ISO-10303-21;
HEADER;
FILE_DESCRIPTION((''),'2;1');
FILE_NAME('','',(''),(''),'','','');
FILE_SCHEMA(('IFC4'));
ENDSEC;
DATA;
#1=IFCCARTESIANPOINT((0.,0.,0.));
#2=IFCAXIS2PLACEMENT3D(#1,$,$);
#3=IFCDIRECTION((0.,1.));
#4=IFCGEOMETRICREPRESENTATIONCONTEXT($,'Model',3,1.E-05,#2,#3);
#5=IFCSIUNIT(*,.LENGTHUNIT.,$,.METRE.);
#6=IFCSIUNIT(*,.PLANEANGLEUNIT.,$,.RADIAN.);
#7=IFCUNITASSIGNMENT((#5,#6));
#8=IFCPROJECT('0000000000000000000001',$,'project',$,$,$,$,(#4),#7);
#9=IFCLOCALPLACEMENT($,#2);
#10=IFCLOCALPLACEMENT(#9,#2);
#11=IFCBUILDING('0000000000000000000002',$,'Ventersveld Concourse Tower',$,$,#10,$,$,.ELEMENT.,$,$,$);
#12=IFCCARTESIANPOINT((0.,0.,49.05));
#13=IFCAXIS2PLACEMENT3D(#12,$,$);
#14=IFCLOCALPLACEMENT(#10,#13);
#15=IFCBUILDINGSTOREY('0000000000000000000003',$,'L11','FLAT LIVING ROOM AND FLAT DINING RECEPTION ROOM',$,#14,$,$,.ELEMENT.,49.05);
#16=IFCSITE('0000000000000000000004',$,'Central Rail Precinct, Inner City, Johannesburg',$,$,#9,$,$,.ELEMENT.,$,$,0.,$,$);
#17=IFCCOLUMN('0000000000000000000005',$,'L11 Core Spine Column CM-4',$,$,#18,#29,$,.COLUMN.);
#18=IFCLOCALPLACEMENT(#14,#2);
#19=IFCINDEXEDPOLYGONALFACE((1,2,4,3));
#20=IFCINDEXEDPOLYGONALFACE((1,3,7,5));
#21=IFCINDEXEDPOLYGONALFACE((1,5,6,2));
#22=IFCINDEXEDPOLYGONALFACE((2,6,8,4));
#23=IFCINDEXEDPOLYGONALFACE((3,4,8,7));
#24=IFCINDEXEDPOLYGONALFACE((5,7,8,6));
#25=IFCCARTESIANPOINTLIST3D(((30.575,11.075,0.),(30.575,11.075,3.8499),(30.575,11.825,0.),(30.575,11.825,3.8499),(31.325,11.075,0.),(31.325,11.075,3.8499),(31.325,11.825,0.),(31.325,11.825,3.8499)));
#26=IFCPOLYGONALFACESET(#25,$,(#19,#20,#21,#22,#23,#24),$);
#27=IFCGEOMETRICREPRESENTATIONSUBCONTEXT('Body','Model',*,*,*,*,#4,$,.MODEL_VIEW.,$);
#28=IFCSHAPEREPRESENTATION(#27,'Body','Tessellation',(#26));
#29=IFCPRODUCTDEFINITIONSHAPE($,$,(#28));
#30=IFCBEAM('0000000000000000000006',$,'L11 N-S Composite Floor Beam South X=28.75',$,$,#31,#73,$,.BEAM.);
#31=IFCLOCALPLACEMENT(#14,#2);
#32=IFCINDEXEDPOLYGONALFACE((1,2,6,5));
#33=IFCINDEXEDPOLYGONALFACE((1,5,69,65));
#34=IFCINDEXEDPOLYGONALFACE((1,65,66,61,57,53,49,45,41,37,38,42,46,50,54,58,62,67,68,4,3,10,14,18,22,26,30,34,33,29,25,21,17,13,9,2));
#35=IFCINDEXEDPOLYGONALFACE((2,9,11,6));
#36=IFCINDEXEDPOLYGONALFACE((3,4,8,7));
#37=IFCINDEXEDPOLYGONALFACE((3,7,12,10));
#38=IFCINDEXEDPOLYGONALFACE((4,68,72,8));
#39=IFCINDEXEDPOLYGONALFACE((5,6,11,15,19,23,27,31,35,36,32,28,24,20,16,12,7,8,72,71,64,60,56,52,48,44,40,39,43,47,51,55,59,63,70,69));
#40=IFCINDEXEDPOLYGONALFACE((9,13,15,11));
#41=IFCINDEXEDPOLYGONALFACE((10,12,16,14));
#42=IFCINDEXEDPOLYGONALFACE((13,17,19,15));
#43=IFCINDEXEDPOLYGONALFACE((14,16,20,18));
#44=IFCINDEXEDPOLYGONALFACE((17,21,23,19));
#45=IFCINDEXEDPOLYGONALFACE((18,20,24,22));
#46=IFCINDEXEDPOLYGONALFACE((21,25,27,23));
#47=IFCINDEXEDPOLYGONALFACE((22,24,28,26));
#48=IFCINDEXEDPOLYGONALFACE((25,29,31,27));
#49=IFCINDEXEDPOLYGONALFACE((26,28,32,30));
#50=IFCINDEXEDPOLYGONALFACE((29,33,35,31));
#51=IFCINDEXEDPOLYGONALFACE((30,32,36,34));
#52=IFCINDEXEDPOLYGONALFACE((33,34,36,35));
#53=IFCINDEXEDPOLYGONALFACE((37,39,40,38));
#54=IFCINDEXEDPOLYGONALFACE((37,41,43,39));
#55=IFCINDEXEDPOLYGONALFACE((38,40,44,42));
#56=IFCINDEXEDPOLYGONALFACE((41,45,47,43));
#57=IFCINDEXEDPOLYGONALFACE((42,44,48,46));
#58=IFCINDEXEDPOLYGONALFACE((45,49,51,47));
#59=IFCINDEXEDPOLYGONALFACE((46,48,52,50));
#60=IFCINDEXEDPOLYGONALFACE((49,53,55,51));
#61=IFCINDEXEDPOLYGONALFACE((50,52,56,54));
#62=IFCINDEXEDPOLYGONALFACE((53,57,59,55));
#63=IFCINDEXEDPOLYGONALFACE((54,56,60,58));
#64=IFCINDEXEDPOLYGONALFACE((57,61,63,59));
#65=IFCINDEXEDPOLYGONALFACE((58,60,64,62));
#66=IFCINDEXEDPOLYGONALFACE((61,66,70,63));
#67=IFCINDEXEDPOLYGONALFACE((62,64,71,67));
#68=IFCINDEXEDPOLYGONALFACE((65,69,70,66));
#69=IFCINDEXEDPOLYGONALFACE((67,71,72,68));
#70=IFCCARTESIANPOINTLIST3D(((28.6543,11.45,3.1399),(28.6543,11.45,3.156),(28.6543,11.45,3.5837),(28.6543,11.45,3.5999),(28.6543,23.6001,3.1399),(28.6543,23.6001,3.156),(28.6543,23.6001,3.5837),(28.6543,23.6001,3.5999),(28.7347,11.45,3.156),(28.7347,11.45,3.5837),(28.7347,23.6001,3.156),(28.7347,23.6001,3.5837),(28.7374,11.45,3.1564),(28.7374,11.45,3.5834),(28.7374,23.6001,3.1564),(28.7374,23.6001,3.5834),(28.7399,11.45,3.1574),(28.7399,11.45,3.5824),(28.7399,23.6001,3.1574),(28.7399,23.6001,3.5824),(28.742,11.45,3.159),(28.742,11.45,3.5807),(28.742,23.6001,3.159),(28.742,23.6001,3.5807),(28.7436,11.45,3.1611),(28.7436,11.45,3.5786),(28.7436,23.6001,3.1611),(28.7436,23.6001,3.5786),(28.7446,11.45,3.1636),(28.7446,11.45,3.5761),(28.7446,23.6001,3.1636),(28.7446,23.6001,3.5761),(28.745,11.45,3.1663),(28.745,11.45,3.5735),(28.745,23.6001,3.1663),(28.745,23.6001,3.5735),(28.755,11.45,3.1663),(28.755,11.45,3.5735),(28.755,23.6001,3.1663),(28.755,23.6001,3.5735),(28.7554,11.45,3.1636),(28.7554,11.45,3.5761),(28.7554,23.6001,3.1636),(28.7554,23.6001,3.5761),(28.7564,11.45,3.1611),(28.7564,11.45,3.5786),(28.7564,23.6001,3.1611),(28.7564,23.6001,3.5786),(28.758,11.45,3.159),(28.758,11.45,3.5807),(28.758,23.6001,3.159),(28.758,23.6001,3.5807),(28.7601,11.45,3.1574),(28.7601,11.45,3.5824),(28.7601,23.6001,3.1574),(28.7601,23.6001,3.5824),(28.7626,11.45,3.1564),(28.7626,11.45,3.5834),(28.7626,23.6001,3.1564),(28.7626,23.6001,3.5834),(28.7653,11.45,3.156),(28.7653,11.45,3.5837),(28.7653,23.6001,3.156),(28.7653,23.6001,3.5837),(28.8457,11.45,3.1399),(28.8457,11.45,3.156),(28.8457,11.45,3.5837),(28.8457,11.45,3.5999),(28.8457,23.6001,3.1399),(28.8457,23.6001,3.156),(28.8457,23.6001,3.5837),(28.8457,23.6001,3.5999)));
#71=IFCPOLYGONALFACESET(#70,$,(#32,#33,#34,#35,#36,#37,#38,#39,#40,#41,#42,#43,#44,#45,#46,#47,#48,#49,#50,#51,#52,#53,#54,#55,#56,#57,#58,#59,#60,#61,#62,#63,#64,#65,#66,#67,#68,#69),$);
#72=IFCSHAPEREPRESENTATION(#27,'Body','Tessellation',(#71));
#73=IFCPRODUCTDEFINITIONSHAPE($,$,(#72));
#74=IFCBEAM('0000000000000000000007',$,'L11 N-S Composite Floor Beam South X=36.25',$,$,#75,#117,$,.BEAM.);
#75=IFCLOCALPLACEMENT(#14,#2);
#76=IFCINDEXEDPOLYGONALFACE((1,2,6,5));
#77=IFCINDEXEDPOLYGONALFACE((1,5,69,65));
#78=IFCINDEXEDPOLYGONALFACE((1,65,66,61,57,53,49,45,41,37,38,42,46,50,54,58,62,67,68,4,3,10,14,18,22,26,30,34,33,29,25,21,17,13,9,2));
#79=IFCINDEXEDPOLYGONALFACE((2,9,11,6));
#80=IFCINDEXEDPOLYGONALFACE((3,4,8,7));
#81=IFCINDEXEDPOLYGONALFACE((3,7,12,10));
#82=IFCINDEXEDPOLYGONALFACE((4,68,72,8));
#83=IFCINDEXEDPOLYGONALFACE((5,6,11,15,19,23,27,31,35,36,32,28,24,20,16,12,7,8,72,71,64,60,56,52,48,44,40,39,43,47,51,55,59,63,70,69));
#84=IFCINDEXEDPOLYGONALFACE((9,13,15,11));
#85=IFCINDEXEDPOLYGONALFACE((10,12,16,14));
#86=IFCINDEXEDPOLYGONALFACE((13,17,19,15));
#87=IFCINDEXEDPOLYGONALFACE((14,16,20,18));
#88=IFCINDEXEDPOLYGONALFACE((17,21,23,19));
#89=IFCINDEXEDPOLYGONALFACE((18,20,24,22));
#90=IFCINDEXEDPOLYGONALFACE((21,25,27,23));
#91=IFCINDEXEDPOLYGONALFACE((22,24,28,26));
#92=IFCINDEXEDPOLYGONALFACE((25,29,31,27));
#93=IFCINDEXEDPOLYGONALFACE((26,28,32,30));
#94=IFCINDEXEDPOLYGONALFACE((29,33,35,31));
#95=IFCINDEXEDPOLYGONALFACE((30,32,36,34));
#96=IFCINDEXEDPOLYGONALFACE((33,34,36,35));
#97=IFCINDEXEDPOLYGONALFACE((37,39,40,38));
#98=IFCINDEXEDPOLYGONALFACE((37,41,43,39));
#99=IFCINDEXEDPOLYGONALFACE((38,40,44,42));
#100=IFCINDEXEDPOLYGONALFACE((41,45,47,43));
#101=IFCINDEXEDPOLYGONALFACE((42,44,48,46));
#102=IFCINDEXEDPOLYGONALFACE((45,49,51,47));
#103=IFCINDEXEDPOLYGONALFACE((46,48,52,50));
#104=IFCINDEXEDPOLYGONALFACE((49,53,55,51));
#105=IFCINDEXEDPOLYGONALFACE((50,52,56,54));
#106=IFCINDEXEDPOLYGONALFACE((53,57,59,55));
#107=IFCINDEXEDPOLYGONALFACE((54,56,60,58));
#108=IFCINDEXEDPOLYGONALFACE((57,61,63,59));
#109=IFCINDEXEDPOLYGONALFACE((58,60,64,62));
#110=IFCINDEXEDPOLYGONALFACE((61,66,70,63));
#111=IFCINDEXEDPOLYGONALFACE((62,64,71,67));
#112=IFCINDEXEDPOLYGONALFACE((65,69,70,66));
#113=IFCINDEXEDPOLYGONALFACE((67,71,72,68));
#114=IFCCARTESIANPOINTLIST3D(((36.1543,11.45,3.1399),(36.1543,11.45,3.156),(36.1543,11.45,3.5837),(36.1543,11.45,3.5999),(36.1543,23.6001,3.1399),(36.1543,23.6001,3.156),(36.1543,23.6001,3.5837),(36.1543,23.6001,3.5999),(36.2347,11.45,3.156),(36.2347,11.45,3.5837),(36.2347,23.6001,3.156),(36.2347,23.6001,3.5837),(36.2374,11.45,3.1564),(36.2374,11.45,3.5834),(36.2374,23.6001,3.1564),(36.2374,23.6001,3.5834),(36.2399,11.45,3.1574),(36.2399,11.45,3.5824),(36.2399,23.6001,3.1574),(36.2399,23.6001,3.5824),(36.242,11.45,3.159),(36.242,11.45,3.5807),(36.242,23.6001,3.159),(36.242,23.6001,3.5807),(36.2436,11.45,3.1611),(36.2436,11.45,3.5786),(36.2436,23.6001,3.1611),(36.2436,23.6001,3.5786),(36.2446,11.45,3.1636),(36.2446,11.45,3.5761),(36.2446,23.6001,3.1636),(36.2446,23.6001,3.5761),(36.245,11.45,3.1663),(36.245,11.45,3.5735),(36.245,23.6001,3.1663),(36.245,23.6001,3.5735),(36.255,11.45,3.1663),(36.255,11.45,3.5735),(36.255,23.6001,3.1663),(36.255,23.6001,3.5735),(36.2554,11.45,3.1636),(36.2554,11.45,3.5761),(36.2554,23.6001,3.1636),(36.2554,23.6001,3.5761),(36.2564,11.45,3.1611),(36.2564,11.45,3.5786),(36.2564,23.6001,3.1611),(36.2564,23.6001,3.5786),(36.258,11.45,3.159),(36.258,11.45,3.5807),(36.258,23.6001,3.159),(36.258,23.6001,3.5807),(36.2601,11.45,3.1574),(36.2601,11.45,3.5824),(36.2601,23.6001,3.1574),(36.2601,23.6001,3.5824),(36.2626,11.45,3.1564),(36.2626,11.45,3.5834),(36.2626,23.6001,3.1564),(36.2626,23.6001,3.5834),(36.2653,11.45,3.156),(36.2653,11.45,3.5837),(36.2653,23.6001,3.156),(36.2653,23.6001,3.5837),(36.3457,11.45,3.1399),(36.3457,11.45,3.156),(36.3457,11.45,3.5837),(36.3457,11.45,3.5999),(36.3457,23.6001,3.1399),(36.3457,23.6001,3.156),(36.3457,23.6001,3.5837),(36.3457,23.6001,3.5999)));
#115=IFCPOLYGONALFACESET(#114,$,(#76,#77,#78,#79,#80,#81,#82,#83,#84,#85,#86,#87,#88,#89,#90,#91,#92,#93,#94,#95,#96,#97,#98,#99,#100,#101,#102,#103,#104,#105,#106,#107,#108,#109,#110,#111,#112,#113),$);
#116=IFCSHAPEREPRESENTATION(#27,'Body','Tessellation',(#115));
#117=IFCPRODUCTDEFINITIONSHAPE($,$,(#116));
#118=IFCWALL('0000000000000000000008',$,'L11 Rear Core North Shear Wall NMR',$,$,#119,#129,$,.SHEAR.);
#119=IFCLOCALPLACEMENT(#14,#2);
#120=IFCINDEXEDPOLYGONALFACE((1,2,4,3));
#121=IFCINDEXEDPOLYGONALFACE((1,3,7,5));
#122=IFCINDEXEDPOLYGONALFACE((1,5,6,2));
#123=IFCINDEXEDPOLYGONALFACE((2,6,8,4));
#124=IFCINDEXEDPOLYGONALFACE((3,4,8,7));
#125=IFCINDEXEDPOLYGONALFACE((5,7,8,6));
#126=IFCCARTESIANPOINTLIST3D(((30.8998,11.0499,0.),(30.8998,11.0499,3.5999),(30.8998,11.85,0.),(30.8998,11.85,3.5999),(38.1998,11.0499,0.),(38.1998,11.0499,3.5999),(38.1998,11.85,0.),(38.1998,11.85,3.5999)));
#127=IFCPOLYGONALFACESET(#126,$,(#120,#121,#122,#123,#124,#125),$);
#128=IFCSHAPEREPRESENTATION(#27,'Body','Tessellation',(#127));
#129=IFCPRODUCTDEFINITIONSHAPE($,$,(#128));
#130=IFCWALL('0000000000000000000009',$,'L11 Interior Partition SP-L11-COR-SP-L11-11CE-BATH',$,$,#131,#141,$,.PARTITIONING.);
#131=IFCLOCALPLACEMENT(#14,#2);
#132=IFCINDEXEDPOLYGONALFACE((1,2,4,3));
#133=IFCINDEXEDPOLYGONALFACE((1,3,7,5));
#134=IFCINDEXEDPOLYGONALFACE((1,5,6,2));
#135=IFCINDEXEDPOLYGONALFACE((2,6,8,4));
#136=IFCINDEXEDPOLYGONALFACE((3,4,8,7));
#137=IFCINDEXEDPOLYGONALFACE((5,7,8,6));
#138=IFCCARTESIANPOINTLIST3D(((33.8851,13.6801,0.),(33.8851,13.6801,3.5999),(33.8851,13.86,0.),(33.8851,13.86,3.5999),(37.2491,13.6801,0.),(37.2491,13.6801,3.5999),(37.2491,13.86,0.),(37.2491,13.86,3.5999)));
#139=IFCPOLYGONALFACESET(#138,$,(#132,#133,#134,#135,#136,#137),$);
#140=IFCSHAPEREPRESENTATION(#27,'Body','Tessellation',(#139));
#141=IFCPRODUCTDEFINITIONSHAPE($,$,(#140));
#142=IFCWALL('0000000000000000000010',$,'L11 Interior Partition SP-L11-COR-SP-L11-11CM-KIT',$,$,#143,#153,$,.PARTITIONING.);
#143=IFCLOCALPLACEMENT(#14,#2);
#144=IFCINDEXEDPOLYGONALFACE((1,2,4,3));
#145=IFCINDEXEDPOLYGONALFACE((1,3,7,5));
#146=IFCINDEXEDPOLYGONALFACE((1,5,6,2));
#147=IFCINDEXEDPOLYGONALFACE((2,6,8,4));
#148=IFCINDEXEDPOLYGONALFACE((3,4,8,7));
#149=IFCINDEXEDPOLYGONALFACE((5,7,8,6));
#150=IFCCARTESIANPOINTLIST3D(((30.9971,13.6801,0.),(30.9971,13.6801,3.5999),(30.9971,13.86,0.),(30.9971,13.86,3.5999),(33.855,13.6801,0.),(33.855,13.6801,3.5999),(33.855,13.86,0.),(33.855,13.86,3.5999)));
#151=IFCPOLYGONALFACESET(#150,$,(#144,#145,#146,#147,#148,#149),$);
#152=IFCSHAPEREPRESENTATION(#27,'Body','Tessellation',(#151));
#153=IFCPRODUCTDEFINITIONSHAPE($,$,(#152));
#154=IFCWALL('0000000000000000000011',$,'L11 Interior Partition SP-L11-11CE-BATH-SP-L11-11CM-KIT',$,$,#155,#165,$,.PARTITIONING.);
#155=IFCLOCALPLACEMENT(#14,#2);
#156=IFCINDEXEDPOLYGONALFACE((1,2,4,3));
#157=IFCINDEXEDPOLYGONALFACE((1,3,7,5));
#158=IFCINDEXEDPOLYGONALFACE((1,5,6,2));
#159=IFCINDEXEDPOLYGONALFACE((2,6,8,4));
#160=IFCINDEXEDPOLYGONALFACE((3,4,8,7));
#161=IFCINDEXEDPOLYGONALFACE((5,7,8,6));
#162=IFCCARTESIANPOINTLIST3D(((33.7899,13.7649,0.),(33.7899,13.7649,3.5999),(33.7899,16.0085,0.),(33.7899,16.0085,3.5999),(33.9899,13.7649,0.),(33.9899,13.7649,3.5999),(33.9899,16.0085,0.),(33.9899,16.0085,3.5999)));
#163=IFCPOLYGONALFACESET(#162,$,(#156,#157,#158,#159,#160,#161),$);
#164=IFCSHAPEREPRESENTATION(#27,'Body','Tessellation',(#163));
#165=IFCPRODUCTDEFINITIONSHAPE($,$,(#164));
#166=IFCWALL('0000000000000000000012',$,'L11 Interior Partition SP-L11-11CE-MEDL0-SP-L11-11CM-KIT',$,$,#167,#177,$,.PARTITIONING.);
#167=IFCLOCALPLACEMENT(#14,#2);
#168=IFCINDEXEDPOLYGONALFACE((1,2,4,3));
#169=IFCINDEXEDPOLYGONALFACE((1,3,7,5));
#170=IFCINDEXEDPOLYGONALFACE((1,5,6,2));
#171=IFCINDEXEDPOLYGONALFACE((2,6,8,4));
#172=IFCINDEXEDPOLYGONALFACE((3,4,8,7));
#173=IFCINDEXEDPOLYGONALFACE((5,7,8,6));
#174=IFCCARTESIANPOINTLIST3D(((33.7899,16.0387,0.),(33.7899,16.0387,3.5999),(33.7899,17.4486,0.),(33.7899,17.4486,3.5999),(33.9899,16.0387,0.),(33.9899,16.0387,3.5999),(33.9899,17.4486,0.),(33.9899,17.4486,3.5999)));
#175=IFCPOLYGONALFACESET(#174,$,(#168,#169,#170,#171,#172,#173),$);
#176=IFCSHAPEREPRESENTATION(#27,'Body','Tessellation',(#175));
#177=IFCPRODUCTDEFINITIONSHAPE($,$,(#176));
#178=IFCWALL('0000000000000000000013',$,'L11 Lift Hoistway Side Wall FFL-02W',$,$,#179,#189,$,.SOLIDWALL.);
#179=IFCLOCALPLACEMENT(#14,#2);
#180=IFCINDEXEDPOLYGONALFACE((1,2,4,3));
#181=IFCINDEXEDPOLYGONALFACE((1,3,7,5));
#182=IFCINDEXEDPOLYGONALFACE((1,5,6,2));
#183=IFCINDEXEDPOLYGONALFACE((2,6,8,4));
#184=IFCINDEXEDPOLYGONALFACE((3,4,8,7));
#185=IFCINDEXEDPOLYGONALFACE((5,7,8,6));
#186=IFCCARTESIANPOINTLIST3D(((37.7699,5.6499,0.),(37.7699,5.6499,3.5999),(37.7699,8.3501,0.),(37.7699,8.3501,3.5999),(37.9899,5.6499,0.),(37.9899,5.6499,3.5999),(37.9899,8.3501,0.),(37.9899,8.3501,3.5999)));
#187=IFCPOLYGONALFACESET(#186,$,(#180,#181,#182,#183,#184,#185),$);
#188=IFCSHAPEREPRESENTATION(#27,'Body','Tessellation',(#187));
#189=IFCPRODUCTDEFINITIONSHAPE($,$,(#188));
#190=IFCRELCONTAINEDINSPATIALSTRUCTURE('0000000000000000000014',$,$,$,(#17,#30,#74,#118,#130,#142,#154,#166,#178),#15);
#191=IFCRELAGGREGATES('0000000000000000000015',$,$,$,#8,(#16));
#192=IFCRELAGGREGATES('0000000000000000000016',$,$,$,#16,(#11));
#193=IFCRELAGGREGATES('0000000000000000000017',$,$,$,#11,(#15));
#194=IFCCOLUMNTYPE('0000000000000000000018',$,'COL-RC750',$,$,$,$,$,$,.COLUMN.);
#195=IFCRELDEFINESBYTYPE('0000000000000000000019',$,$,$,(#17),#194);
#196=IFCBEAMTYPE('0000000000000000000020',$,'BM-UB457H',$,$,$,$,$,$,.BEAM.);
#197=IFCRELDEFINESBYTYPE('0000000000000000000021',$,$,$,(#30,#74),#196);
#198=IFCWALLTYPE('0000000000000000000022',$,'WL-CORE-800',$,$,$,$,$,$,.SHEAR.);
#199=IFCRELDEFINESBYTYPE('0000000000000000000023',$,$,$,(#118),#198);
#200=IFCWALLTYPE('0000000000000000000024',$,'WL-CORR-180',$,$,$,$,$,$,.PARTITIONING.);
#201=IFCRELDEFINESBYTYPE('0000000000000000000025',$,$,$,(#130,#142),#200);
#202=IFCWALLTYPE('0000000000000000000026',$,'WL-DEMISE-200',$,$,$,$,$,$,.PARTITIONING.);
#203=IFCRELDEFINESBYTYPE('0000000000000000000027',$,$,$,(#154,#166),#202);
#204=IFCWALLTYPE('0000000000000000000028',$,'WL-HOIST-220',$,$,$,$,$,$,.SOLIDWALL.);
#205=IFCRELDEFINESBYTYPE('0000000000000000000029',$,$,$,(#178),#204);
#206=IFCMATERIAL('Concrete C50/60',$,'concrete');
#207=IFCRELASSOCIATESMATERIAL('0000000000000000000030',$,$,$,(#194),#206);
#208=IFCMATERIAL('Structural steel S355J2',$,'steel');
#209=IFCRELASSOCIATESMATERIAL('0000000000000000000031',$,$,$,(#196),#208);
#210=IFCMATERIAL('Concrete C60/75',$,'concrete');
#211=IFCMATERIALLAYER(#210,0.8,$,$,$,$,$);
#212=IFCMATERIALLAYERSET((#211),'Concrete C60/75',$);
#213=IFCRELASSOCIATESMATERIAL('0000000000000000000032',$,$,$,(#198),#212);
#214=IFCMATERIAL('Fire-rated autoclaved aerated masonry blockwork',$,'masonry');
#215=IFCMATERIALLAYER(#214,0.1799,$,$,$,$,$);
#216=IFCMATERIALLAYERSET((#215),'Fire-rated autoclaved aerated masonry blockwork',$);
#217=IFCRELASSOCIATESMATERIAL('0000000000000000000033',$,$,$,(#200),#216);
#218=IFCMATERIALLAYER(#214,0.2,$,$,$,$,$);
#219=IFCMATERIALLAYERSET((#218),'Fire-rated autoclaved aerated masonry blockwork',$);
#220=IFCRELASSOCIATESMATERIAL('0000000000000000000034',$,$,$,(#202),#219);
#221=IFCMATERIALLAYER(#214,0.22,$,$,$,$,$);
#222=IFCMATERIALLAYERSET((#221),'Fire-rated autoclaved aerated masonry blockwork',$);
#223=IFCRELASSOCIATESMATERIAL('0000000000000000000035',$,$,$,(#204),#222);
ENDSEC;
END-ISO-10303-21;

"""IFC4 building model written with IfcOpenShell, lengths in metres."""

from ifc_helpers import new_model, si_unit, direction, frame, frame_2d, origin, origin_2d, place, context, subcontext, project, spatial, rectangle, i_section, extrude, material, layer, layer_set, material_profile, profile_set, type_object, element, save


model = new_model("IFC4")

# Units and contexts
model_context = context("Model", 3, precision=1e-05, world=origin(), true_north=direction((0.0, 1.0)))
body_context = subcontext(model_context, "Body", "Model", "MODEL_VIEW")
ifc_project = project(units=[si_unit("LENGTHUNIT", "METRE"), si_unit("PLANEANGLEUNIT", "RADIAN")], contexts=[model_context])

# Site, building, storey
site_placement = place(None, origin())
site = spatial("IfcSite", under=ifc_project, at=site_placement, Name="Central Rail Precinct, Inner City, Johannesburg", CompositionType="ELEMENT", RefElevation=0.0)
building_placement = place(site_placement, origin())
building = spatial("IfcBuilding", under=site, at=building_placement, Name="Ventersveld Concourse Tower", CompositionType="ELEMENT")
storey_placement = place(building_placement, frame((0.0, 0.0, 49.05)))
storey = spatial("IfcBuildingStorey", under=building, at=storey_placement, Name="L11", Description="FLAT LIVING ROOM AND FLAT DINING RECEPTION ROOM", CompositionType="ELEMENT", Elevation=49.05)

# Column
ifc_material_1 = material(Name="Concrete C50/60", Category="concrete")
ifc_material_profile_1 = material_profile(ifc_material_1, rectangle(XDim=0.75, YDim=0.75, at=origin_2d()), Name="RC 750x750")
ifc_profile_set_1 = profile_set([ifc_material_profile_1], Name="Concrete C50/60")
column_type = type_object("IfcColumnType", Name="COL-RC750", PredefinedType="COLUMN", material=ifc_profile_set_1)
column_placement = place(storey_placement, frame((30.95, 11.45, 0.0), z_axis=(0.0, 0.0, 1.0), x_axis=(1.0, 0.0, 0.0)))
element("IfcColumn", 1, at=column_placement, inside=storey, type_object=column_type, Name="L11 Core Spine Column CM-4", PredefinedType="COLUMN", context=body_context, shape_type="SweptSolid", body=[
    extrude(rectangle(XDim=0.75, YDim=0.75, at=origin_2d()), origin(), (0.0, 0.0, 1.0), 3.8499),
])

# Beams
ifc_material_2 = material(Name="Structural steel S355J2", Category="steel")
ifc_material_profile_2 = material_profile(ifc_material_2, i_section(OverallWidth=0.1914, OverallDepth=0.46, WebThickness=0.01, FlangeThickness=0.0161, FilletRadius=0.0103, at=origin_2d()), Name="UB 457x191x82")
ifc_profile_set_2 = profile_set([ifc_material_profile_2], Name="Structural steel S355J2")
beam_type = type_object("IfcBeamType", Name="BM-UB457H", PredefinedType="BEAM", material=ifc_profile_set_2)
for number, where, z_axis, x_axis, name in (
    (2, (28.75, 11.45, 3.3699), (0.0, 1.0, 0.0), (-1.0, 0.0, 0.0), "L11 N-S Composite Floor Beam South X=28.75"),
    (3, (36.25, 11.45, 3.3699), (0.0, 1.0, 0.0), (-1.0, 0.0, 0.0), "L11 N-S Composite Floor Beam South X=36.25"),
):
    element("IfcBeam", number, at=place(storey_placement, frame(where, z_axis=z_axis, x_axis=x_axis)), inside=storey, type_object=beam_type, Name=name, PredefinedType="BEAM", context=body_context, shape_type="SweptSolid", body=[
        extrude(i_section(OverallWidth=0.1914, OverallDepth=0.46, WebThickness=0.01, FlangeThickness=0.0161, FilletRadius=0.0103, at=origin_2d()), origin(), (0.0, 0.0, 1.0), 12.1501),
    ])

# Wall
ifc_material_3 = material(Name="Concrete C60/75", Category="concrete")
ifc_layer_1 = layer(ifc_material_3, 0.8)
ifc_layer_set_1 = layer_set([ifc_layer_1], Name="Concrete C60/75")
wall_type_1 = type_object("IfcWallType", Name="WL-CORE-800", PredefinedType="SHEAR", material=ifc_layer_set_1)
wall_1_placement = place(storey_placement, frame((30.8999, 11.45, 0.0), z_axis=(0.0, 0.0, 1.0), x_axis=(1.0, 0.0, 0.0)))
element("IfcWall", 4, at=wall_1_placement, inside=storey, type_object=wall_type_1, Name="L11 Rear Core North Shear Wall NMR", PredefinedType="SHEAR", context=body_context, shape_type="SweptSolid", body=[
    extrude(rectangle(XDim=7.3, YDim=0.8, at=frame_2d((3.6499, 0.0))), origin(), (0.0, 0.0, 1.0), 3.5999),
])

# Shared definitions
ifc_material_4 = material(Name="Fire-rated autoclaved aerated masonry blockwork", Category="masonry")
ifc_layer_2 = layer(ifc_material_4, 0.1799)
ifc_layer_set_2 = layer_set([ifc_layer_2], Name="Fire-rated autoclaved aerated masonry blockwork")
wall_type_2 = type_object("IfcWallType", Name="WL-CORR-180", PredefinedType="PARTITIONING", material=ifc_layer_set_2)

# Walls
wall_2_placement = place(storey_placement, frame((33.885, 13.77, 0.0), z_axis=(0.0, 0.0, 1.0), x_axis=(1.0, 0.0, 0.0)))
element("IfcWall", 5, at=wall_2_placement, inside=storey, type_object=wall_type_2, Name="L11 Interior Partition SP-L11-COR-SP-L11-11CE-BATH", PredefinedType="PARTITIONING", context=body_context, shape_type="SweptSolid", body=[
    extrude(rectangle(XDim=3.364, YDim=0.1799, at=frame_2d((1.6821, 0.0))), origin(), (0.0, 0.0, 1.0), 3.5999),
])
wall_3_placement = place(storey_placement, frame((30.9971, 13.77, 0.0), z_axis=(0.0, 0.0, 1.0), x_axis=(1.0, 0.0, 0.0)))
element("IfcWall", 6, at=wall_3_placement, inside=storey, type_object=wall_type_2, Name="L11 Interior Partition SP-L11-COR-SP-L11-11CM-KIT", PredefinedType="PARTITIONING", context=body_context, shape_type="SweptSolid", body=[
    extrude(rectangle(XDim=2.8579, YDim=0.1799, at=frame_2d((1.429, 0.0))), origin(), (0.0, 0.0, 1.0), 3.5999),
])
ifc_layer_3 = layer(ifc_material_4, 0.2)
ifc_layer_set_3 = layer_set([ifc_layer_3], Name="Fire-rated autoclaved aerated masonry blockwork")
wall_type_3 = type_object("IfcWallType", Name="WL-DEMISE-200", PredefinedType="PARTITIONING", material=ifc_layer_set_3)
wall_4_placement = place(storey_placement, frame((33.8899, 13.7649, 0.0), z_axis=(0.0, 0.0, 1.0), x_axis=(0.0, 1.0, 0.0)))
element("IfcWall", 7, at=wall_4_placement, inside=storey, type_object=wall_type_3, Name="L11 Interior Partition SP-L11-11CE-BATH-SP-L11-11CM-KIT", PredefinedType="PARTITIONING", context=body_context, shape_type="SweptSolid", body=[
    extrude(rectangle(XDim=2.2437, YDim=0.2, at=frame_2d((1.1218, 0.0))), origin(), (0.0, 0.0, 1.0), 3.5999),
])
wall_5_placement = place(storey_placement, frame((33.8899, 16.0386, 0.0), z_axis=(0.0, 0.0, 1.0), x_axis=(0.0, 1.0, 0.0)))
element("IfcWall", 8, at=wall_5_placement, inside=storey, type_object=wall_type_3, Name="L11 Interior Partition SP-L11-11CE-MEDL0-SP-L11-11CM-KIT", PredefinedType="PARTITIONING", context=body_context, shape_type="SweptSolid", body=[
    extrude(rectangle(XDim=1.4099, YDim=0.2, at=frame_2d((0.7051, 0.0))), origin(), (0.0, 0.0, 1.0), 3.5999),
])
ifc_layer_4 = layer(ifc_material_4, 0.22)
ifc_layer_set_4 = layer_set([ifc_layer_4], Name="Fire-rated autoclaved aerated masonry blockwork")
wall_type_4 = type_object("IfcWallType", Name="WL-HOIST-220", PredefinedType="SOLIDWALL", material=ifc_layer_set_4)
wall_6_placement = place(storey_placement, frame((37.8799, 5.6499, 0.0), z_axis=(0.0, 0.0, 1.0), x_axis=(0.0, 1.0, 0.0)))
element("IfcWall", 9, at=wall_6_placement, inside=storey, type_object=wall_type_4, Name="L11 Lift Hoistway Side Wall FFL-02W", PredefinedType="SOLIDWALL", context=body_context, shape_type="SweptSolid", body=[
    extrude(rectangle(XDim=2.7002, YDim=0.22, at=frame_2d((1.3501, 0.0))), origin(), (0.0, 0.0, 1.0), 3.5999),
])

save(model, "model.ifc")
